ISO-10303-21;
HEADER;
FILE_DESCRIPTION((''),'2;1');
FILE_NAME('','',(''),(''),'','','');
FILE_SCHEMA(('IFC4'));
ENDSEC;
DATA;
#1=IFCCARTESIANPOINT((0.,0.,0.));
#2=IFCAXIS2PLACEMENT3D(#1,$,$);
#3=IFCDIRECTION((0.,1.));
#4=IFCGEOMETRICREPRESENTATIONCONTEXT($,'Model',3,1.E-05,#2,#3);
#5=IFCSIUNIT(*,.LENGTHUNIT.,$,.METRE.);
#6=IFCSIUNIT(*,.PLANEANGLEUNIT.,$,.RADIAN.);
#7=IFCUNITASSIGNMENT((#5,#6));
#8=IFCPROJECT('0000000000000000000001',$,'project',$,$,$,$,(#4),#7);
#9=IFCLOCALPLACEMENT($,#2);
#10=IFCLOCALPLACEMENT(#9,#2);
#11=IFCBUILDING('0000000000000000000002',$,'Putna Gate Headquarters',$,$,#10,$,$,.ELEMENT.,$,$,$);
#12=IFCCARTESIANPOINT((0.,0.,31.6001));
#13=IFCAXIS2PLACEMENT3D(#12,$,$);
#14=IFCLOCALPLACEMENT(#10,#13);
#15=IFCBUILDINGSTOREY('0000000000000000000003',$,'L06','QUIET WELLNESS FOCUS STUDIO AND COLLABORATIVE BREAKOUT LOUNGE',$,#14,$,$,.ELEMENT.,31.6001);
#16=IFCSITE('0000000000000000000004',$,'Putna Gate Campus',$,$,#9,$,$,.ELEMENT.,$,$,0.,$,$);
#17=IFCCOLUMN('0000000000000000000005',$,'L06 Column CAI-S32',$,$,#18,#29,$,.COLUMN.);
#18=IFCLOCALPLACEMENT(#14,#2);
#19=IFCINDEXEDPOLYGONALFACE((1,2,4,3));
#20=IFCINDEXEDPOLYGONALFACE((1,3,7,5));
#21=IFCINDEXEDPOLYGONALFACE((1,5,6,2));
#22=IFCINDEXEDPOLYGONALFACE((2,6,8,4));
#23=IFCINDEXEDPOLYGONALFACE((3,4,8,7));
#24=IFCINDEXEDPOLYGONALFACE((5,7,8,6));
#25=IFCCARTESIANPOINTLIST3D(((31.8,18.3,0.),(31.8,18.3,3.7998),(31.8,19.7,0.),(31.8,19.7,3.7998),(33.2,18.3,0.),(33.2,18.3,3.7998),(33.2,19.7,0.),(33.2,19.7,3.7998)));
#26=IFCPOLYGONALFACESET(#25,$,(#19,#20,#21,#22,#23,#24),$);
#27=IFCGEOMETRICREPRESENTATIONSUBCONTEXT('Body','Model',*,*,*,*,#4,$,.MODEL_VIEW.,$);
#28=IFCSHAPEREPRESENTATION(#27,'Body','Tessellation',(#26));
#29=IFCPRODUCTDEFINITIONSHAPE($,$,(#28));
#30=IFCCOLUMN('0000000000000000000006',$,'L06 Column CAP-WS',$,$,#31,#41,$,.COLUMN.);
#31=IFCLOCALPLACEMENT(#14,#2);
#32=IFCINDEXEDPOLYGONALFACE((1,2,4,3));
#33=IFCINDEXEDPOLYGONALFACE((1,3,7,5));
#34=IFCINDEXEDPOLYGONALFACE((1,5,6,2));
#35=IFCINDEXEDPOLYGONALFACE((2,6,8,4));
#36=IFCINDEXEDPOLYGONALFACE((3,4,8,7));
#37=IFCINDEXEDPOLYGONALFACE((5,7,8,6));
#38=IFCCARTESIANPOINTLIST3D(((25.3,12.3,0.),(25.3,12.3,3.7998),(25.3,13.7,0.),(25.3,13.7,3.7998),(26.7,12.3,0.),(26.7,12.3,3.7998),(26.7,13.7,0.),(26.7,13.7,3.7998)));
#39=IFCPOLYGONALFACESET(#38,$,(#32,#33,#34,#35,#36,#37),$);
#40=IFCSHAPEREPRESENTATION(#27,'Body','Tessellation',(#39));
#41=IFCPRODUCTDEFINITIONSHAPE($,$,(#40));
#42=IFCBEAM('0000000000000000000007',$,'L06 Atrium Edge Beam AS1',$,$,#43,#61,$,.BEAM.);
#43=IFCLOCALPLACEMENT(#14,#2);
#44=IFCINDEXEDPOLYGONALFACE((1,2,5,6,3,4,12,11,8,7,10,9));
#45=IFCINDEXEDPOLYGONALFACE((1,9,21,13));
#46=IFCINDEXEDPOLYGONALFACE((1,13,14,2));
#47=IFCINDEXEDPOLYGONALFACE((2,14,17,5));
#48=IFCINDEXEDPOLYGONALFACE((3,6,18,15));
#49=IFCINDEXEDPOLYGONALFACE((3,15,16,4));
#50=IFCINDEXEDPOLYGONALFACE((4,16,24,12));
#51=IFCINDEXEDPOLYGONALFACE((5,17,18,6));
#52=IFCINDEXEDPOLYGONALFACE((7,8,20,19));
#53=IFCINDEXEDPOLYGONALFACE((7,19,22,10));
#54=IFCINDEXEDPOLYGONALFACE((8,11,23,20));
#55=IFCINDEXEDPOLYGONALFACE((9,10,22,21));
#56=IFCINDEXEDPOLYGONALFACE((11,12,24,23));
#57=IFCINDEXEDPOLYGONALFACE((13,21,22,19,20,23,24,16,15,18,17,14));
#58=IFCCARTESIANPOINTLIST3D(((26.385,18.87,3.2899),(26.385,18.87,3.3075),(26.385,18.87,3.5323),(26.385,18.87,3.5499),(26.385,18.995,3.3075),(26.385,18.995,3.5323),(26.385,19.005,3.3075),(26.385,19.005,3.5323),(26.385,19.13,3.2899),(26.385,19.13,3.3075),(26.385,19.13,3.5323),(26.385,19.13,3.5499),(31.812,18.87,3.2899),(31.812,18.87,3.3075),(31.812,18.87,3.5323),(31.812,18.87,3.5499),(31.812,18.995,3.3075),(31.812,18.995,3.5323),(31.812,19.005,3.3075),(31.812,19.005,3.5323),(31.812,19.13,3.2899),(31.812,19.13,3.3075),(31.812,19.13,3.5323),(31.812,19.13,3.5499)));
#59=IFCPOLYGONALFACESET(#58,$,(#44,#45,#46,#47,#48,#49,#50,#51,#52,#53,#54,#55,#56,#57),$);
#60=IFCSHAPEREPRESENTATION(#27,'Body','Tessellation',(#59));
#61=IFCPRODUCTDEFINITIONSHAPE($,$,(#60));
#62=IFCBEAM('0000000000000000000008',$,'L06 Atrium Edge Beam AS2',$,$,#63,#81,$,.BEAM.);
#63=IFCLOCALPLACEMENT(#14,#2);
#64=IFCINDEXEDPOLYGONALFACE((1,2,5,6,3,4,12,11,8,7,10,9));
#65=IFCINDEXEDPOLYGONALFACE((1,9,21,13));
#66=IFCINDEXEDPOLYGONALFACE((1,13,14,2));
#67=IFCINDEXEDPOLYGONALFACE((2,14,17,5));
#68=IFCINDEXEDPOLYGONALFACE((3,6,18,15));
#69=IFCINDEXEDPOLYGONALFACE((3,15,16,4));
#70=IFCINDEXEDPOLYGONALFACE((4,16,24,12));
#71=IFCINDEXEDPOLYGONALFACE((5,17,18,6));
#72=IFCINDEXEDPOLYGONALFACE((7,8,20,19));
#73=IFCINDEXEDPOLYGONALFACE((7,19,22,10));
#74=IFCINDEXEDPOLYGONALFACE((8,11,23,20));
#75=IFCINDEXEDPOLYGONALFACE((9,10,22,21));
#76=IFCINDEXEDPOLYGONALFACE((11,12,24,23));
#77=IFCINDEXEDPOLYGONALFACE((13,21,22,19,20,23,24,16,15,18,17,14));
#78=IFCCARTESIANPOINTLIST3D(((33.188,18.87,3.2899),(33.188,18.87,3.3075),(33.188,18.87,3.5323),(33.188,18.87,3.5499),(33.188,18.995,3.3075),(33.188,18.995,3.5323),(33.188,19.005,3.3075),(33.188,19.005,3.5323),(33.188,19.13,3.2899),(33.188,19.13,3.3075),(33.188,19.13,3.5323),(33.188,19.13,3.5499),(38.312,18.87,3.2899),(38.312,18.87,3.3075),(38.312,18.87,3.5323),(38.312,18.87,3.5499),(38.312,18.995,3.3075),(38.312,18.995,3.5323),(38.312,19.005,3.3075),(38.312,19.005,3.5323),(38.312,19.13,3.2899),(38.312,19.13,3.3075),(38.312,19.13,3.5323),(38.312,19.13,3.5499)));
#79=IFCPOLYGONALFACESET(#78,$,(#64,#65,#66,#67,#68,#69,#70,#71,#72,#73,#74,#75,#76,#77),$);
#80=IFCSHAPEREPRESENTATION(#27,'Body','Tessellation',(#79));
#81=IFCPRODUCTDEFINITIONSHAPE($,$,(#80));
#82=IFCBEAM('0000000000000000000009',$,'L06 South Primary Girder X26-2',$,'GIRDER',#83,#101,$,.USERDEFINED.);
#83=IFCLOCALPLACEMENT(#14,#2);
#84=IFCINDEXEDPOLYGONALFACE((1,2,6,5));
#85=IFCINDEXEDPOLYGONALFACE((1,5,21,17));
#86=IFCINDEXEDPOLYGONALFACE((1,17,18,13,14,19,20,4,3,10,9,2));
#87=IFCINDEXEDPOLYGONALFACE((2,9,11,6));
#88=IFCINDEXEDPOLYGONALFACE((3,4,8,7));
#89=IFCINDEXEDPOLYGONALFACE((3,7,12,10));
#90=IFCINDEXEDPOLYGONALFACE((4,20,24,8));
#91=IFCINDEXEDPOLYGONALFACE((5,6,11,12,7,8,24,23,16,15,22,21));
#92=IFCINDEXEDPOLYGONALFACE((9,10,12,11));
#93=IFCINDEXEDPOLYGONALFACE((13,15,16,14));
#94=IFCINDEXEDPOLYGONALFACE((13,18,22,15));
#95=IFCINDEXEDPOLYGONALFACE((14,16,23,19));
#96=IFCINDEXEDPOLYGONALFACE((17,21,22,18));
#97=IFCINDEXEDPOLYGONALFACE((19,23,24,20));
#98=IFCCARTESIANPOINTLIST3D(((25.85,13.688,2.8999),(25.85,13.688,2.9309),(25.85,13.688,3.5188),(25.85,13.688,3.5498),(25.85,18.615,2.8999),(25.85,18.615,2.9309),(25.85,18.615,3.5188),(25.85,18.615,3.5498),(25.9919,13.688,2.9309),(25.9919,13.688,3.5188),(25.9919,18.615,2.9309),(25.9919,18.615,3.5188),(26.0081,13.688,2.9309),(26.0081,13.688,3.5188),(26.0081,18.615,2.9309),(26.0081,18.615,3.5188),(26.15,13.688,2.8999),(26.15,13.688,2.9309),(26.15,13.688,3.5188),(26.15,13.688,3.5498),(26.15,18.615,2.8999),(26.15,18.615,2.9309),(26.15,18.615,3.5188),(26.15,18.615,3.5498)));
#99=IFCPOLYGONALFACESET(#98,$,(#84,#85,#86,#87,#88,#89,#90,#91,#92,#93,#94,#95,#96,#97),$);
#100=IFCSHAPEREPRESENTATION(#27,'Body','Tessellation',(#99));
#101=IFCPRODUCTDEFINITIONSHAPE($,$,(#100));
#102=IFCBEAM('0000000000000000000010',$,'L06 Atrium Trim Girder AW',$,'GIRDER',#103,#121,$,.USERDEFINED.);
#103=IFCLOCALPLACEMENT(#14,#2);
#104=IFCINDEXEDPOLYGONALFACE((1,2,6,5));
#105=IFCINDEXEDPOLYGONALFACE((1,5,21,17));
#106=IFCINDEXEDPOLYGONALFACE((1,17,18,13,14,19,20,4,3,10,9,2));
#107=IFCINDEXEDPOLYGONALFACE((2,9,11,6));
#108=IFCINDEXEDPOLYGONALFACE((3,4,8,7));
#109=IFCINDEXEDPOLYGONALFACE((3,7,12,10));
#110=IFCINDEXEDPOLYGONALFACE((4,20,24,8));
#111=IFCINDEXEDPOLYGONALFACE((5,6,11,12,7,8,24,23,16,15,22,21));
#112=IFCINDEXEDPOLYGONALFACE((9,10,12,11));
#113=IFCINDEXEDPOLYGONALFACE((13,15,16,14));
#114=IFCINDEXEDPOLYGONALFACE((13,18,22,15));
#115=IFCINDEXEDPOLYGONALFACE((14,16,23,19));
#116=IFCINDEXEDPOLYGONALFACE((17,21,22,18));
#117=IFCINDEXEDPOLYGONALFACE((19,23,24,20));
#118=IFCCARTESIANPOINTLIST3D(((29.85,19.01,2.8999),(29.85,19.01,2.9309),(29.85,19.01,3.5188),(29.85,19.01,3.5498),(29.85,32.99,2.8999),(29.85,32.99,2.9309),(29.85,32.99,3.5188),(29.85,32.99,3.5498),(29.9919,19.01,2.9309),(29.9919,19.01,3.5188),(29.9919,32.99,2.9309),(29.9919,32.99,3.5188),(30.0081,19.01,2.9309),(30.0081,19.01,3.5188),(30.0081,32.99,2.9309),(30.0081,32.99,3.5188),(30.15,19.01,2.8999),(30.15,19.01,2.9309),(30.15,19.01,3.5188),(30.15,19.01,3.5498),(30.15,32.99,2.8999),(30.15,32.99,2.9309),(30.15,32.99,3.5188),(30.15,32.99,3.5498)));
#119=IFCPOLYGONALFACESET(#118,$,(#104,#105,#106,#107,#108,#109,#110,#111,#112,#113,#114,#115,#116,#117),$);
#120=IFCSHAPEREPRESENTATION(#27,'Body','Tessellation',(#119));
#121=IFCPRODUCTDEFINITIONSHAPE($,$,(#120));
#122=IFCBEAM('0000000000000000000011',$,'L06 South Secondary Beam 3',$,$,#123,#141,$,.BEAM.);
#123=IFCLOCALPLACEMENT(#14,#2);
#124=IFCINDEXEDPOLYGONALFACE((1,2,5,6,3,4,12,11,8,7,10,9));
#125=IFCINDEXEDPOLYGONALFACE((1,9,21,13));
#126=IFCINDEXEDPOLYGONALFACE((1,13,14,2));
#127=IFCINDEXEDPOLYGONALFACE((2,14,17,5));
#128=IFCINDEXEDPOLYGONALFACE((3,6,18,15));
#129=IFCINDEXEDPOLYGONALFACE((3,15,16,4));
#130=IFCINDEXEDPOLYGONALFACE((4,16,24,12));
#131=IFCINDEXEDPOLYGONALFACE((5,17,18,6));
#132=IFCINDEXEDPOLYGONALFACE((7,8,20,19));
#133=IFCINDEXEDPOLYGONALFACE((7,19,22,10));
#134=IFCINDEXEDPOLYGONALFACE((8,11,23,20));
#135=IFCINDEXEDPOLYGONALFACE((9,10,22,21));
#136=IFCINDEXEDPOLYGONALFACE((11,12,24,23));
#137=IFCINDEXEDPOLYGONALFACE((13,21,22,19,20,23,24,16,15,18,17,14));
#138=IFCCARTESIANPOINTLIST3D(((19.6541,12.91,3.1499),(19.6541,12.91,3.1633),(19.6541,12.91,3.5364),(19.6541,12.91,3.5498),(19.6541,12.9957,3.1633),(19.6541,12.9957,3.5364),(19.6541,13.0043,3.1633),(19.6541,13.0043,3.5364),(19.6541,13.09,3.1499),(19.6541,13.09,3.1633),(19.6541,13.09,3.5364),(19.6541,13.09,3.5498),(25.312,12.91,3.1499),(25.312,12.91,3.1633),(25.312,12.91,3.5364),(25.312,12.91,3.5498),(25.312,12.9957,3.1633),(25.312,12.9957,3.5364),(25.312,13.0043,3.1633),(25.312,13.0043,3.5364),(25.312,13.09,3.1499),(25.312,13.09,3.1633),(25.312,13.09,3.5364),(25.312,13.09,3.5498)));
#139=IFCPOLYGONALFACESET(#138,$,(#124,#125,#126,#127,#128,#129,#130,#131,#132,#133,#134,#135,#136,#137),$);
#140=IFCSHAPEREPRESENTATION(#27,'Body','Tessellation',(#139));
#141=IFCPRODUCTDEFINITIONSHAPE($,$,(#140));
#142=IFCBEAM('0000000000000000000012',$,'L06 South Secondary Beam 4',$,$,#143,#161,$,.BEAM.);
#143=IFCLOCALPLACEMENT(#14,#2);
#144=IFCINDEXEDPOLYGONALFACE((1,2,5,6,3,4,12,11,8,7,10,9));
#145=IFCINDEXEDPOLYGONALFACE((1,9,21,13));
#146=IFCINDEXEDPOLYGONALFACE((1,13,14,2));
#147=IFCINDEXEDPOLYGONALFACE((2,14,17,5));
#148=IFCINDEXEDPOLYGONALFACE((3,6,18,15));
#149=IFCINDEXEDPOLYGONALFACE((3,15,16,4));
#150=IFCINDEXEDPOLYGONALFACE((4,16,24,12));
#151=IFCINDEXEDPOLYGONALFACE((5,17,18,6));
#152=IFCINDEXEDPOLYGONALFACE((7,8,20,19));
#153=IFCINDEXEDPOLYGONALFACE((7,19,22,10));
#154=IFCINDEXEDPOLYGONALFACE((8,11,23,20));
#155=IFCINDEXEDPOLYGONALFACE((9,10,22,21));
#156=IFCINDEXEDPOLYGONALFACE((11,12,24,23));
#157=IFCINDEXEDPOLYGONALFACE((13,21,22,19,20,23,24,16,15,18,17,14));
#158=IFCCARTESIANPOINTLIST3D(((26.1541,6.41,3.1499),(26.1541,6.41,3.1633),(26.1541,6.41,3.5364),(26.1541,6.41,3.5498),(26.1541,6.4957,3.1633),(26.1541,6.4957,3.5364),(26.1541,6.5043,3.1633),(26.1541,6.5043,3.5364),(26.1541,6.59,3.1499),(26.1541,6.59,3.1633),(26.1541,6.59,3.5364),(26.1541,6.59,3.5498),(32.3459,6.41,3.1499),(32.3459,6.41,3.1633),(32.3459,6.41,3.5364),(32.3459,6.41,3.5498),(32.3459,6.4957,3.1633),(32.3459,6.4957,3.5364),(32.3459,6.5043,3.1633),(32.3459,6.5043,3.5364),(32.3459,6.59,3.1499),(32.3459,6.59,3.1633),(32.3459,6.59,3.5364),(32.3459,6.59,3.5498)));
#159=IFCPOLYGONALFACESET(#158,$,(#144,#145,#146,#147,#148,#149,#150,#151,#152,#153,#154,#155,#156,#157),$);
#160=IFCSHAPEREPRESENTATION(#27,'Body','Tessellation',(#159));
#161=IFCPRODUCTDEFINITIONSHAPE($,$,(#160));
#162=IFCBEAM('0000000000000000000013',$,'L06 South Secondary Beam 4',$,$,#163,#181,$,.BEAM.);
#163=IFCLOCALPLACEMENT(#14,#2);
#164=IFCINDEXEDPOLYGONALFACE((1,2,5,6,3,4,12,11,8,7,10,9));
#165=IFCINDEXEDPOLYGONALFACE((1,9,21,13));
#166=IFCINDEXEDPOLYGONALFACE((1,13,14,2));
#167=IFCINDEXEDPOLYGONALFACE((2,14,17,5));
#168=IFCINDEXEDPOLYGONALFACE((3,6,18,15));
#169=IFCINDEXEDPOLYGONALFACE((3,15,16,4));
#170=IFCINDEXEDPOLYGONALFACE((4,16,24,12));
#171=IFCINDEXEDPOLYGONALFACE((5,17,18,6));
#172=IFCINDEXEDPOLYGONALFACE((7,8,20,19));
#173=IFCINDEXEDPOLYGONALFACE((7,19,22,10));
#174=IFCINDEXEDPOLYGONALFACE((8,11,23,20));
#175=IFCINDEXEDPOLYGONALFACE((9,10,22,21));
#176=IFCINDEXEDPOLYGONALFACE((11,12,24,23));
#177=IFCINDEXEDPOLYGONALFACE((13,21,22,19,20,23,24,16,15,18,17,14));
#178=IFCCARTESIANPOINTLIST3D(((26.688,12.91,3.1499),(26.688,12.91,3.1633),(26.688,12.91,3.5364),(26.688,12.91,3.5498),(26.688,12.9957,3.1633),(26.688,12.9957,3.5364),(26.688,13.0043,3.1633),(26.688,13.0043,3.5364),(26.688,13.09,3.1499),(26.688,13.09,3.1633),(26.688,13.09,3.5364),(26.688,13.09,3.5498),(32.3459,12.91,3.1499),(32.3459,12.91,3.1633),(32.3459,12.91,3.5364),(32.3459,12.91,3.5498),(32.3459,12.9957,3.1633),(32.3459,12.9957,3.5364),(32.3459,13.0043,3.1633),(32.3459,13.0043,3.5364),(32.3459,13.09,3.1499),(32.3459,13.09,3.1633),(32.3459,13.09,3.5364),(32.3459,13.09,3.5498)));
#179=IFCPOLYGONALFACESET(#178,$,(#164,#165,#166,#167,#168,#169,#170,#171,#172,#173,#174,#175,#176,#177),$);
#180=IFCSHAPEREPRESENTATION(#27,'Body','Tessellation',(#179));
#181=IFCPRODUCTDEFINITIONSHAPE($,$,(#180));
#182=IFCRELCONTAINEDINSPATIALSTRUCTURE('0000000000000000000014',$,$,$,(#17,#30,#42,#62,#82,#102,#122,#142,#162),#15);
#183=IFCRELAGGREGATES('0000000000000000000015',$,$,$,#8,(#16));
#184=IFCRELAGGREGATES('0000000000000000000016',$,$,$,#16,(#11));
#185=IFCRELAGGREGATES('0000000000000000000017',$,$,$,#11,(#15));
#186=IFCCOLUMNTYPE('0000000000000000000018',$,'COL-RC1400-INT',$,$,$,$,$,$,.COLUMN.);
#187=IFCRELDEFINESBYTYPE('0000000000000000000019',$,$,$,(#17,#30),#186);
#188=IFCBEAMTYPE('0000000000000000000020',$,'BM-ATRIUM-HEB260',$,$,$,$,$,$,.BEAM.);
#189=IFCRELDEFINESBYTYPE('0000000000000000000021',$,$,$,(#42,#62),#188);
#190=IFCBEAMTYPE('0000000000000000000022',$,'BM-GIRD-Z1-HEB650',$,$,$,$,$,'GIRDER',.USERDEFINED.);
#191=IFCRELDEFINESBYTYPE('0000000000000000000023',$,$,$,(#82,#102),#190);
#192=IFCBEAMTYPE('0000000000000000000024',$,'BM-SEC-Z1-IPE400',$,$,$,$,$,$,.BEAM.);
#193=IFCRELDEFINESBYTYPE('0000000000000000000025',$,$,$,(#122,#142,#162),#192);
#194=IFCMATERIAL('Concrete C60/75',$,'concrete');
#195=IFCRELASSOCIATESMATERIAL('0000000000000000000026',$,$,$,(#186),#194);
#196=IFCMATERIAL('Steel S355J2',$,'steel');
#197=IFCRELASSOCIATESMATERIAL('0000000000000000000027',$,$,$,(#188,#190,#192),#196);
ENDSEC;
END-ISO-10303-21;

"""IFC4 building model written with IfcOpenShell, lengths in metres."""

from ifc_helpers import new_model, si_unit, direction, frame, origin, origin_2d, place, context, subcontext, project, spatial, rectangle, i_section, extrude, material, material_profile, profile_set, type_object, element, save


model = new_model("IFC4")

# Units and contexts
model_context = context("Model", 3, precision=1e-05, world=origin(), true_north=direction((0.0, 1.0)))
body_context = subcontext(model_context, "Body", "Model", "MODEL_VIEW")
ifc_project = project(units=[si_unit("LENGTHUNIT", "METRE"), si_unit("PLANEANGLEUNIT", "RADIAN")], contexts=[model_context])

# Site, building, storey
site_placement = place(None, origin())
site = spatial("IfcSite", under=ifc_project, at=site_placement, Name="Putna Gate Campus", CompositionType="ELEMENT", RefElevation=0.0)
building_placement = place(site_placement, origin())
building = spatial("IfcBuilding", under=site, at=building_placement, Name="Putna Gate Headquarters", CompositionType="ELEMENT")
storey_placement = place(building_placement, frame((0.0, 0.0, 31.6001)))
storey = spatial("IfcBuildingStorey", under=building, at=storey_placement, Name="L06", Description="QUIET WELLNESS FOCUS STUDIO AND COLLABORATIVE BREAKOUT LOUNGE", CompositionType="ELEMENT", Elevation=31.6001)

# Columns
ifc_material_1 = material(Name="Concrete C60/75", Category="concrete")
ifc_material_profile_1 = material_profile(ifc_material_1, rectangle(XDim=1.3999, YDim=1.3999, at=origin_2d()), Name="Concrete C60/75")
ifc_profile_set_1 = profile_set([ifc_material_profile_1], Name="Concrete C60/75")
column_type = type_object("IfcColumnType", Name="COL-RC1400-INT", PredefinedType="COLUMN", material=ifc_profile_set_1)
for number, where, z_axis, x_axis, name in (
    (1, (32.5, 19.0, 0.0), (0.0, 0.0, 1.0), (1.0, 0.0, 0.0), "L06 Column CAI-S32"),
    (2, (26.0, 13.0, 0.0), (0.0, 0.0, 1.0), (1.0, 0.0, 0.0), "L06 Column CAP-WS"),
):
    element("IfcColumn", number, at=place(storey_placement, frame(where, z_axis=z_axis, x_axis=x_axis)), inside=storey, type_object=column_type, Name=name, PredefinedType="COLUMN", context=body_context, shape_type="SweptSolid", body=[
        extrude(rectangle(XDim=1.3999, YDim=1.3999, at=origin_2d()), origin(), (0.0, 0.0, 1.0), 3.7998),
    ])

# Beams
ifc_material_2 = material(Name="Steel S355J2", Category="steel")
ifc_material_profile_2 = material_profile(ifc_material_2, i_section(OverallWidth=0.26, OverallDepth=0.26, WebThickness=0.01, FlangeThickness=0.0176, at=origin_2d()), Name="Steel S355J2")
ifc_profile_set_2 = profile_set([ifc_material_profile_2], Name="Steel S355J2")
beam_type_1 = type_object("IfcBeamType", Name="BM-ATRIUM-HEB260", PredefinedType="BEAM", material=ifc_profile_set_2)
beam_1_placement = place(storey_placement, frame((26.385, 19.0, 3.4199), z_axis=(1.0, 0.0, 0.0), x_axis=(0.0, 1.0, 0.0)))
element("IfcBeam", 3, at=beam_1_placement, inside=storey, type_object=beam_type_1, Name="L06 Atrium Edge Beam AS1", PredefinedType="BEAM", context=body_context, shape_type="SweptSolid", body=[
    extrude(i_section(OverallWidth=0.26, OverallDepth=0.26, WebThickness=0.01, FlangeThickness=0.0176, at=origin_2d()), origin(), (0.0, 0.0, 1.0), 5.427),
])
beam_2_placement = place(storey_placement, frame((33.188, 19.0, 3.4199), z_axis=(1.0, 0.0, 0.0), x_axis=(0.0, 1.0, 0.0)))
element("IfcBeam", 4, at=beam_2_placement, inside=storey, type_object=beam_type_1, Name="L06 Atrium Edge Beam AS2", PredefinedType="BEAM", context=body_context, shape_type="SweptSolid", body=[
    extrude(i_section(OverallWidth=0.26, OverallDepth=0.26, WebThickness=0.01, FlangeThickness=0.0176, at=origin_2d()), origin(), (0.0, 0.0, 1.0), 5.124),
])
ifc_material_profile_3 = material_profile(ifc_material_2, i_section(OverallWidth=0.3, OverallDepth=0.6499, WebThickness=0.0161, FlangeThickness=0.031, at=origin_2d()), Name="Steel S355J2")
ifc_profile_set_3 = profile_set([ifc_material_profile_3], Name="Steel S355J2")
beam_type_2 = type_object("IfcBeamType", Name="BM-GIRD-Z1-HEB650", ElementType="GIRDER", PredefinedType="USERDEFINED", material=ifc_profile_set_3)
beam_3_placement = place(storey_placement, frame((26.0, 13.688, 3.2249), z_axis=(0.0, 1.0, 0.0), x_axis=(-1.0, 0.0, 0.0)))
element("IfcBeam", 5, at=beam_3_placement, inside=storey, type_object=beam_type_2, Name="L06 South Primary Girder X26-2", ObjectType="GIRDER", PredefinedType="USERDEFINED", context=body_context, shape_type="SweptSolid", body=[
    extrude(i_section(OverallWidth=0.3, OverallDepth=0.6499, WebThickness=0.0161, FlangeThickness=0.031, at=origin_2d()), origin(), (0.0, 0.0, 1.0), 4.927),
])
beam_4_placement = place(storey_placement, frame((30.0, 19.01, 3.2249), z_axis=(0.0, 1.0, 0.0), x_axis=(-1.0, 0.0, 0.0)))
element("IfcBeam", 6, at=beam_4_placement, inside=storey, type_object=beam_type_2, Name="L06 Atrium Trim Girder AW", ObjectType="GIRDER", PredefinedType="USERDEFINED", context=body_context, shape_type="SweptSolid", body=[
    extrude(i_section(OverallWidth=0.3, OverallDepth=0.6499, WebThickness=0.0161, FlangeThickness=0.031, at=origin_2d()), origin(), (0.0, 0.0, 1.0), 13.98),
])
ifc_material_profile_4 = material_profile(ifc_material_2, i_section(OverallWidth=0.1799, OverallDepth=0.3999, WebThickness=0.0085, FlangeThickness=0.0134, at=origin_2d()), Name="Steel S355J2")
ifc_profile_set_4 = profile_set([ifc_material_profile_4], Name="Steel S355J2")
beam_type_3 = type_object("IfcBeamType", Name="BM-SEC-Z1-IPE400", PredefinedType="BEAM", material=ifc_profile_set_4)
beam_5_placement = place(storey_placement, frame((19.6541, 13.0, 3.3499), z_axis=(1.0, 0.0, 0.0), x_axis=(0.0, 1.0, 0.0)))
element("IfcBeam", 7, at=beam_5_placement, inside=storey, type_object=beam_type_3, Name="L06 South Secondary Beam 3", PredefinedType="BEAM", context=body_context, shape_type="SweptSolid", body=[
    extrude(i_section(OverallWidth=0.1799, OverallDepth=0.3999, WebThickness=0.0085, FlangeThickness=0.0134, at=origin_2d()), origin(), (0.0, 0.0, 1.0), 5.658),
])
beam_6_placement = place(storey_placement, frame((26.1541, 6.5, 3.3499), z_axis=(1.0, 0.0, 0.0), x_axis=(0.0, 1.0, 0.0)))
element("IfcBeam", 8, at=beam_6_placement, inside=storey, type_object=beam_type_3, Name="L06 South Secondary Beam 4", PredefinedType="BEAM", context=body_context, shape_type="SweptSolid", body=[
    extrude(i_section(OverallWidth=0.1799, OverallDepth=0.3999, WebThickness=0.0085, FlangeThickness=0.0134, at=origin_2d()), origin(), (0.0, 0.0, 1.0), 6.1919),
])
beam_7_placement = place(storey_placement, frame((26.688, 13.0, 3.3499), z_axis=(1.0, 0.0, 0.0), x_axis=(0.0, 1.0, 0.0)))
element("IfcBeam", 9, at=beam_7_placement, inside=storey, type_object=beam_type_3, Name="L06 South Secondary Beam 4", PredefinedType="BEAM", context=body_context, shape_type="SweptSolid", body=[
    extrude(i_section(OverallWidth=0.1799, OverallDepth=0.3999, WebThickness=0.0085, FlangeThickness=0.0134, at=origin_2d()), origin(), (0.0, 0.0, 1.0), 5.658),
])

save(model, "model.ifc")
